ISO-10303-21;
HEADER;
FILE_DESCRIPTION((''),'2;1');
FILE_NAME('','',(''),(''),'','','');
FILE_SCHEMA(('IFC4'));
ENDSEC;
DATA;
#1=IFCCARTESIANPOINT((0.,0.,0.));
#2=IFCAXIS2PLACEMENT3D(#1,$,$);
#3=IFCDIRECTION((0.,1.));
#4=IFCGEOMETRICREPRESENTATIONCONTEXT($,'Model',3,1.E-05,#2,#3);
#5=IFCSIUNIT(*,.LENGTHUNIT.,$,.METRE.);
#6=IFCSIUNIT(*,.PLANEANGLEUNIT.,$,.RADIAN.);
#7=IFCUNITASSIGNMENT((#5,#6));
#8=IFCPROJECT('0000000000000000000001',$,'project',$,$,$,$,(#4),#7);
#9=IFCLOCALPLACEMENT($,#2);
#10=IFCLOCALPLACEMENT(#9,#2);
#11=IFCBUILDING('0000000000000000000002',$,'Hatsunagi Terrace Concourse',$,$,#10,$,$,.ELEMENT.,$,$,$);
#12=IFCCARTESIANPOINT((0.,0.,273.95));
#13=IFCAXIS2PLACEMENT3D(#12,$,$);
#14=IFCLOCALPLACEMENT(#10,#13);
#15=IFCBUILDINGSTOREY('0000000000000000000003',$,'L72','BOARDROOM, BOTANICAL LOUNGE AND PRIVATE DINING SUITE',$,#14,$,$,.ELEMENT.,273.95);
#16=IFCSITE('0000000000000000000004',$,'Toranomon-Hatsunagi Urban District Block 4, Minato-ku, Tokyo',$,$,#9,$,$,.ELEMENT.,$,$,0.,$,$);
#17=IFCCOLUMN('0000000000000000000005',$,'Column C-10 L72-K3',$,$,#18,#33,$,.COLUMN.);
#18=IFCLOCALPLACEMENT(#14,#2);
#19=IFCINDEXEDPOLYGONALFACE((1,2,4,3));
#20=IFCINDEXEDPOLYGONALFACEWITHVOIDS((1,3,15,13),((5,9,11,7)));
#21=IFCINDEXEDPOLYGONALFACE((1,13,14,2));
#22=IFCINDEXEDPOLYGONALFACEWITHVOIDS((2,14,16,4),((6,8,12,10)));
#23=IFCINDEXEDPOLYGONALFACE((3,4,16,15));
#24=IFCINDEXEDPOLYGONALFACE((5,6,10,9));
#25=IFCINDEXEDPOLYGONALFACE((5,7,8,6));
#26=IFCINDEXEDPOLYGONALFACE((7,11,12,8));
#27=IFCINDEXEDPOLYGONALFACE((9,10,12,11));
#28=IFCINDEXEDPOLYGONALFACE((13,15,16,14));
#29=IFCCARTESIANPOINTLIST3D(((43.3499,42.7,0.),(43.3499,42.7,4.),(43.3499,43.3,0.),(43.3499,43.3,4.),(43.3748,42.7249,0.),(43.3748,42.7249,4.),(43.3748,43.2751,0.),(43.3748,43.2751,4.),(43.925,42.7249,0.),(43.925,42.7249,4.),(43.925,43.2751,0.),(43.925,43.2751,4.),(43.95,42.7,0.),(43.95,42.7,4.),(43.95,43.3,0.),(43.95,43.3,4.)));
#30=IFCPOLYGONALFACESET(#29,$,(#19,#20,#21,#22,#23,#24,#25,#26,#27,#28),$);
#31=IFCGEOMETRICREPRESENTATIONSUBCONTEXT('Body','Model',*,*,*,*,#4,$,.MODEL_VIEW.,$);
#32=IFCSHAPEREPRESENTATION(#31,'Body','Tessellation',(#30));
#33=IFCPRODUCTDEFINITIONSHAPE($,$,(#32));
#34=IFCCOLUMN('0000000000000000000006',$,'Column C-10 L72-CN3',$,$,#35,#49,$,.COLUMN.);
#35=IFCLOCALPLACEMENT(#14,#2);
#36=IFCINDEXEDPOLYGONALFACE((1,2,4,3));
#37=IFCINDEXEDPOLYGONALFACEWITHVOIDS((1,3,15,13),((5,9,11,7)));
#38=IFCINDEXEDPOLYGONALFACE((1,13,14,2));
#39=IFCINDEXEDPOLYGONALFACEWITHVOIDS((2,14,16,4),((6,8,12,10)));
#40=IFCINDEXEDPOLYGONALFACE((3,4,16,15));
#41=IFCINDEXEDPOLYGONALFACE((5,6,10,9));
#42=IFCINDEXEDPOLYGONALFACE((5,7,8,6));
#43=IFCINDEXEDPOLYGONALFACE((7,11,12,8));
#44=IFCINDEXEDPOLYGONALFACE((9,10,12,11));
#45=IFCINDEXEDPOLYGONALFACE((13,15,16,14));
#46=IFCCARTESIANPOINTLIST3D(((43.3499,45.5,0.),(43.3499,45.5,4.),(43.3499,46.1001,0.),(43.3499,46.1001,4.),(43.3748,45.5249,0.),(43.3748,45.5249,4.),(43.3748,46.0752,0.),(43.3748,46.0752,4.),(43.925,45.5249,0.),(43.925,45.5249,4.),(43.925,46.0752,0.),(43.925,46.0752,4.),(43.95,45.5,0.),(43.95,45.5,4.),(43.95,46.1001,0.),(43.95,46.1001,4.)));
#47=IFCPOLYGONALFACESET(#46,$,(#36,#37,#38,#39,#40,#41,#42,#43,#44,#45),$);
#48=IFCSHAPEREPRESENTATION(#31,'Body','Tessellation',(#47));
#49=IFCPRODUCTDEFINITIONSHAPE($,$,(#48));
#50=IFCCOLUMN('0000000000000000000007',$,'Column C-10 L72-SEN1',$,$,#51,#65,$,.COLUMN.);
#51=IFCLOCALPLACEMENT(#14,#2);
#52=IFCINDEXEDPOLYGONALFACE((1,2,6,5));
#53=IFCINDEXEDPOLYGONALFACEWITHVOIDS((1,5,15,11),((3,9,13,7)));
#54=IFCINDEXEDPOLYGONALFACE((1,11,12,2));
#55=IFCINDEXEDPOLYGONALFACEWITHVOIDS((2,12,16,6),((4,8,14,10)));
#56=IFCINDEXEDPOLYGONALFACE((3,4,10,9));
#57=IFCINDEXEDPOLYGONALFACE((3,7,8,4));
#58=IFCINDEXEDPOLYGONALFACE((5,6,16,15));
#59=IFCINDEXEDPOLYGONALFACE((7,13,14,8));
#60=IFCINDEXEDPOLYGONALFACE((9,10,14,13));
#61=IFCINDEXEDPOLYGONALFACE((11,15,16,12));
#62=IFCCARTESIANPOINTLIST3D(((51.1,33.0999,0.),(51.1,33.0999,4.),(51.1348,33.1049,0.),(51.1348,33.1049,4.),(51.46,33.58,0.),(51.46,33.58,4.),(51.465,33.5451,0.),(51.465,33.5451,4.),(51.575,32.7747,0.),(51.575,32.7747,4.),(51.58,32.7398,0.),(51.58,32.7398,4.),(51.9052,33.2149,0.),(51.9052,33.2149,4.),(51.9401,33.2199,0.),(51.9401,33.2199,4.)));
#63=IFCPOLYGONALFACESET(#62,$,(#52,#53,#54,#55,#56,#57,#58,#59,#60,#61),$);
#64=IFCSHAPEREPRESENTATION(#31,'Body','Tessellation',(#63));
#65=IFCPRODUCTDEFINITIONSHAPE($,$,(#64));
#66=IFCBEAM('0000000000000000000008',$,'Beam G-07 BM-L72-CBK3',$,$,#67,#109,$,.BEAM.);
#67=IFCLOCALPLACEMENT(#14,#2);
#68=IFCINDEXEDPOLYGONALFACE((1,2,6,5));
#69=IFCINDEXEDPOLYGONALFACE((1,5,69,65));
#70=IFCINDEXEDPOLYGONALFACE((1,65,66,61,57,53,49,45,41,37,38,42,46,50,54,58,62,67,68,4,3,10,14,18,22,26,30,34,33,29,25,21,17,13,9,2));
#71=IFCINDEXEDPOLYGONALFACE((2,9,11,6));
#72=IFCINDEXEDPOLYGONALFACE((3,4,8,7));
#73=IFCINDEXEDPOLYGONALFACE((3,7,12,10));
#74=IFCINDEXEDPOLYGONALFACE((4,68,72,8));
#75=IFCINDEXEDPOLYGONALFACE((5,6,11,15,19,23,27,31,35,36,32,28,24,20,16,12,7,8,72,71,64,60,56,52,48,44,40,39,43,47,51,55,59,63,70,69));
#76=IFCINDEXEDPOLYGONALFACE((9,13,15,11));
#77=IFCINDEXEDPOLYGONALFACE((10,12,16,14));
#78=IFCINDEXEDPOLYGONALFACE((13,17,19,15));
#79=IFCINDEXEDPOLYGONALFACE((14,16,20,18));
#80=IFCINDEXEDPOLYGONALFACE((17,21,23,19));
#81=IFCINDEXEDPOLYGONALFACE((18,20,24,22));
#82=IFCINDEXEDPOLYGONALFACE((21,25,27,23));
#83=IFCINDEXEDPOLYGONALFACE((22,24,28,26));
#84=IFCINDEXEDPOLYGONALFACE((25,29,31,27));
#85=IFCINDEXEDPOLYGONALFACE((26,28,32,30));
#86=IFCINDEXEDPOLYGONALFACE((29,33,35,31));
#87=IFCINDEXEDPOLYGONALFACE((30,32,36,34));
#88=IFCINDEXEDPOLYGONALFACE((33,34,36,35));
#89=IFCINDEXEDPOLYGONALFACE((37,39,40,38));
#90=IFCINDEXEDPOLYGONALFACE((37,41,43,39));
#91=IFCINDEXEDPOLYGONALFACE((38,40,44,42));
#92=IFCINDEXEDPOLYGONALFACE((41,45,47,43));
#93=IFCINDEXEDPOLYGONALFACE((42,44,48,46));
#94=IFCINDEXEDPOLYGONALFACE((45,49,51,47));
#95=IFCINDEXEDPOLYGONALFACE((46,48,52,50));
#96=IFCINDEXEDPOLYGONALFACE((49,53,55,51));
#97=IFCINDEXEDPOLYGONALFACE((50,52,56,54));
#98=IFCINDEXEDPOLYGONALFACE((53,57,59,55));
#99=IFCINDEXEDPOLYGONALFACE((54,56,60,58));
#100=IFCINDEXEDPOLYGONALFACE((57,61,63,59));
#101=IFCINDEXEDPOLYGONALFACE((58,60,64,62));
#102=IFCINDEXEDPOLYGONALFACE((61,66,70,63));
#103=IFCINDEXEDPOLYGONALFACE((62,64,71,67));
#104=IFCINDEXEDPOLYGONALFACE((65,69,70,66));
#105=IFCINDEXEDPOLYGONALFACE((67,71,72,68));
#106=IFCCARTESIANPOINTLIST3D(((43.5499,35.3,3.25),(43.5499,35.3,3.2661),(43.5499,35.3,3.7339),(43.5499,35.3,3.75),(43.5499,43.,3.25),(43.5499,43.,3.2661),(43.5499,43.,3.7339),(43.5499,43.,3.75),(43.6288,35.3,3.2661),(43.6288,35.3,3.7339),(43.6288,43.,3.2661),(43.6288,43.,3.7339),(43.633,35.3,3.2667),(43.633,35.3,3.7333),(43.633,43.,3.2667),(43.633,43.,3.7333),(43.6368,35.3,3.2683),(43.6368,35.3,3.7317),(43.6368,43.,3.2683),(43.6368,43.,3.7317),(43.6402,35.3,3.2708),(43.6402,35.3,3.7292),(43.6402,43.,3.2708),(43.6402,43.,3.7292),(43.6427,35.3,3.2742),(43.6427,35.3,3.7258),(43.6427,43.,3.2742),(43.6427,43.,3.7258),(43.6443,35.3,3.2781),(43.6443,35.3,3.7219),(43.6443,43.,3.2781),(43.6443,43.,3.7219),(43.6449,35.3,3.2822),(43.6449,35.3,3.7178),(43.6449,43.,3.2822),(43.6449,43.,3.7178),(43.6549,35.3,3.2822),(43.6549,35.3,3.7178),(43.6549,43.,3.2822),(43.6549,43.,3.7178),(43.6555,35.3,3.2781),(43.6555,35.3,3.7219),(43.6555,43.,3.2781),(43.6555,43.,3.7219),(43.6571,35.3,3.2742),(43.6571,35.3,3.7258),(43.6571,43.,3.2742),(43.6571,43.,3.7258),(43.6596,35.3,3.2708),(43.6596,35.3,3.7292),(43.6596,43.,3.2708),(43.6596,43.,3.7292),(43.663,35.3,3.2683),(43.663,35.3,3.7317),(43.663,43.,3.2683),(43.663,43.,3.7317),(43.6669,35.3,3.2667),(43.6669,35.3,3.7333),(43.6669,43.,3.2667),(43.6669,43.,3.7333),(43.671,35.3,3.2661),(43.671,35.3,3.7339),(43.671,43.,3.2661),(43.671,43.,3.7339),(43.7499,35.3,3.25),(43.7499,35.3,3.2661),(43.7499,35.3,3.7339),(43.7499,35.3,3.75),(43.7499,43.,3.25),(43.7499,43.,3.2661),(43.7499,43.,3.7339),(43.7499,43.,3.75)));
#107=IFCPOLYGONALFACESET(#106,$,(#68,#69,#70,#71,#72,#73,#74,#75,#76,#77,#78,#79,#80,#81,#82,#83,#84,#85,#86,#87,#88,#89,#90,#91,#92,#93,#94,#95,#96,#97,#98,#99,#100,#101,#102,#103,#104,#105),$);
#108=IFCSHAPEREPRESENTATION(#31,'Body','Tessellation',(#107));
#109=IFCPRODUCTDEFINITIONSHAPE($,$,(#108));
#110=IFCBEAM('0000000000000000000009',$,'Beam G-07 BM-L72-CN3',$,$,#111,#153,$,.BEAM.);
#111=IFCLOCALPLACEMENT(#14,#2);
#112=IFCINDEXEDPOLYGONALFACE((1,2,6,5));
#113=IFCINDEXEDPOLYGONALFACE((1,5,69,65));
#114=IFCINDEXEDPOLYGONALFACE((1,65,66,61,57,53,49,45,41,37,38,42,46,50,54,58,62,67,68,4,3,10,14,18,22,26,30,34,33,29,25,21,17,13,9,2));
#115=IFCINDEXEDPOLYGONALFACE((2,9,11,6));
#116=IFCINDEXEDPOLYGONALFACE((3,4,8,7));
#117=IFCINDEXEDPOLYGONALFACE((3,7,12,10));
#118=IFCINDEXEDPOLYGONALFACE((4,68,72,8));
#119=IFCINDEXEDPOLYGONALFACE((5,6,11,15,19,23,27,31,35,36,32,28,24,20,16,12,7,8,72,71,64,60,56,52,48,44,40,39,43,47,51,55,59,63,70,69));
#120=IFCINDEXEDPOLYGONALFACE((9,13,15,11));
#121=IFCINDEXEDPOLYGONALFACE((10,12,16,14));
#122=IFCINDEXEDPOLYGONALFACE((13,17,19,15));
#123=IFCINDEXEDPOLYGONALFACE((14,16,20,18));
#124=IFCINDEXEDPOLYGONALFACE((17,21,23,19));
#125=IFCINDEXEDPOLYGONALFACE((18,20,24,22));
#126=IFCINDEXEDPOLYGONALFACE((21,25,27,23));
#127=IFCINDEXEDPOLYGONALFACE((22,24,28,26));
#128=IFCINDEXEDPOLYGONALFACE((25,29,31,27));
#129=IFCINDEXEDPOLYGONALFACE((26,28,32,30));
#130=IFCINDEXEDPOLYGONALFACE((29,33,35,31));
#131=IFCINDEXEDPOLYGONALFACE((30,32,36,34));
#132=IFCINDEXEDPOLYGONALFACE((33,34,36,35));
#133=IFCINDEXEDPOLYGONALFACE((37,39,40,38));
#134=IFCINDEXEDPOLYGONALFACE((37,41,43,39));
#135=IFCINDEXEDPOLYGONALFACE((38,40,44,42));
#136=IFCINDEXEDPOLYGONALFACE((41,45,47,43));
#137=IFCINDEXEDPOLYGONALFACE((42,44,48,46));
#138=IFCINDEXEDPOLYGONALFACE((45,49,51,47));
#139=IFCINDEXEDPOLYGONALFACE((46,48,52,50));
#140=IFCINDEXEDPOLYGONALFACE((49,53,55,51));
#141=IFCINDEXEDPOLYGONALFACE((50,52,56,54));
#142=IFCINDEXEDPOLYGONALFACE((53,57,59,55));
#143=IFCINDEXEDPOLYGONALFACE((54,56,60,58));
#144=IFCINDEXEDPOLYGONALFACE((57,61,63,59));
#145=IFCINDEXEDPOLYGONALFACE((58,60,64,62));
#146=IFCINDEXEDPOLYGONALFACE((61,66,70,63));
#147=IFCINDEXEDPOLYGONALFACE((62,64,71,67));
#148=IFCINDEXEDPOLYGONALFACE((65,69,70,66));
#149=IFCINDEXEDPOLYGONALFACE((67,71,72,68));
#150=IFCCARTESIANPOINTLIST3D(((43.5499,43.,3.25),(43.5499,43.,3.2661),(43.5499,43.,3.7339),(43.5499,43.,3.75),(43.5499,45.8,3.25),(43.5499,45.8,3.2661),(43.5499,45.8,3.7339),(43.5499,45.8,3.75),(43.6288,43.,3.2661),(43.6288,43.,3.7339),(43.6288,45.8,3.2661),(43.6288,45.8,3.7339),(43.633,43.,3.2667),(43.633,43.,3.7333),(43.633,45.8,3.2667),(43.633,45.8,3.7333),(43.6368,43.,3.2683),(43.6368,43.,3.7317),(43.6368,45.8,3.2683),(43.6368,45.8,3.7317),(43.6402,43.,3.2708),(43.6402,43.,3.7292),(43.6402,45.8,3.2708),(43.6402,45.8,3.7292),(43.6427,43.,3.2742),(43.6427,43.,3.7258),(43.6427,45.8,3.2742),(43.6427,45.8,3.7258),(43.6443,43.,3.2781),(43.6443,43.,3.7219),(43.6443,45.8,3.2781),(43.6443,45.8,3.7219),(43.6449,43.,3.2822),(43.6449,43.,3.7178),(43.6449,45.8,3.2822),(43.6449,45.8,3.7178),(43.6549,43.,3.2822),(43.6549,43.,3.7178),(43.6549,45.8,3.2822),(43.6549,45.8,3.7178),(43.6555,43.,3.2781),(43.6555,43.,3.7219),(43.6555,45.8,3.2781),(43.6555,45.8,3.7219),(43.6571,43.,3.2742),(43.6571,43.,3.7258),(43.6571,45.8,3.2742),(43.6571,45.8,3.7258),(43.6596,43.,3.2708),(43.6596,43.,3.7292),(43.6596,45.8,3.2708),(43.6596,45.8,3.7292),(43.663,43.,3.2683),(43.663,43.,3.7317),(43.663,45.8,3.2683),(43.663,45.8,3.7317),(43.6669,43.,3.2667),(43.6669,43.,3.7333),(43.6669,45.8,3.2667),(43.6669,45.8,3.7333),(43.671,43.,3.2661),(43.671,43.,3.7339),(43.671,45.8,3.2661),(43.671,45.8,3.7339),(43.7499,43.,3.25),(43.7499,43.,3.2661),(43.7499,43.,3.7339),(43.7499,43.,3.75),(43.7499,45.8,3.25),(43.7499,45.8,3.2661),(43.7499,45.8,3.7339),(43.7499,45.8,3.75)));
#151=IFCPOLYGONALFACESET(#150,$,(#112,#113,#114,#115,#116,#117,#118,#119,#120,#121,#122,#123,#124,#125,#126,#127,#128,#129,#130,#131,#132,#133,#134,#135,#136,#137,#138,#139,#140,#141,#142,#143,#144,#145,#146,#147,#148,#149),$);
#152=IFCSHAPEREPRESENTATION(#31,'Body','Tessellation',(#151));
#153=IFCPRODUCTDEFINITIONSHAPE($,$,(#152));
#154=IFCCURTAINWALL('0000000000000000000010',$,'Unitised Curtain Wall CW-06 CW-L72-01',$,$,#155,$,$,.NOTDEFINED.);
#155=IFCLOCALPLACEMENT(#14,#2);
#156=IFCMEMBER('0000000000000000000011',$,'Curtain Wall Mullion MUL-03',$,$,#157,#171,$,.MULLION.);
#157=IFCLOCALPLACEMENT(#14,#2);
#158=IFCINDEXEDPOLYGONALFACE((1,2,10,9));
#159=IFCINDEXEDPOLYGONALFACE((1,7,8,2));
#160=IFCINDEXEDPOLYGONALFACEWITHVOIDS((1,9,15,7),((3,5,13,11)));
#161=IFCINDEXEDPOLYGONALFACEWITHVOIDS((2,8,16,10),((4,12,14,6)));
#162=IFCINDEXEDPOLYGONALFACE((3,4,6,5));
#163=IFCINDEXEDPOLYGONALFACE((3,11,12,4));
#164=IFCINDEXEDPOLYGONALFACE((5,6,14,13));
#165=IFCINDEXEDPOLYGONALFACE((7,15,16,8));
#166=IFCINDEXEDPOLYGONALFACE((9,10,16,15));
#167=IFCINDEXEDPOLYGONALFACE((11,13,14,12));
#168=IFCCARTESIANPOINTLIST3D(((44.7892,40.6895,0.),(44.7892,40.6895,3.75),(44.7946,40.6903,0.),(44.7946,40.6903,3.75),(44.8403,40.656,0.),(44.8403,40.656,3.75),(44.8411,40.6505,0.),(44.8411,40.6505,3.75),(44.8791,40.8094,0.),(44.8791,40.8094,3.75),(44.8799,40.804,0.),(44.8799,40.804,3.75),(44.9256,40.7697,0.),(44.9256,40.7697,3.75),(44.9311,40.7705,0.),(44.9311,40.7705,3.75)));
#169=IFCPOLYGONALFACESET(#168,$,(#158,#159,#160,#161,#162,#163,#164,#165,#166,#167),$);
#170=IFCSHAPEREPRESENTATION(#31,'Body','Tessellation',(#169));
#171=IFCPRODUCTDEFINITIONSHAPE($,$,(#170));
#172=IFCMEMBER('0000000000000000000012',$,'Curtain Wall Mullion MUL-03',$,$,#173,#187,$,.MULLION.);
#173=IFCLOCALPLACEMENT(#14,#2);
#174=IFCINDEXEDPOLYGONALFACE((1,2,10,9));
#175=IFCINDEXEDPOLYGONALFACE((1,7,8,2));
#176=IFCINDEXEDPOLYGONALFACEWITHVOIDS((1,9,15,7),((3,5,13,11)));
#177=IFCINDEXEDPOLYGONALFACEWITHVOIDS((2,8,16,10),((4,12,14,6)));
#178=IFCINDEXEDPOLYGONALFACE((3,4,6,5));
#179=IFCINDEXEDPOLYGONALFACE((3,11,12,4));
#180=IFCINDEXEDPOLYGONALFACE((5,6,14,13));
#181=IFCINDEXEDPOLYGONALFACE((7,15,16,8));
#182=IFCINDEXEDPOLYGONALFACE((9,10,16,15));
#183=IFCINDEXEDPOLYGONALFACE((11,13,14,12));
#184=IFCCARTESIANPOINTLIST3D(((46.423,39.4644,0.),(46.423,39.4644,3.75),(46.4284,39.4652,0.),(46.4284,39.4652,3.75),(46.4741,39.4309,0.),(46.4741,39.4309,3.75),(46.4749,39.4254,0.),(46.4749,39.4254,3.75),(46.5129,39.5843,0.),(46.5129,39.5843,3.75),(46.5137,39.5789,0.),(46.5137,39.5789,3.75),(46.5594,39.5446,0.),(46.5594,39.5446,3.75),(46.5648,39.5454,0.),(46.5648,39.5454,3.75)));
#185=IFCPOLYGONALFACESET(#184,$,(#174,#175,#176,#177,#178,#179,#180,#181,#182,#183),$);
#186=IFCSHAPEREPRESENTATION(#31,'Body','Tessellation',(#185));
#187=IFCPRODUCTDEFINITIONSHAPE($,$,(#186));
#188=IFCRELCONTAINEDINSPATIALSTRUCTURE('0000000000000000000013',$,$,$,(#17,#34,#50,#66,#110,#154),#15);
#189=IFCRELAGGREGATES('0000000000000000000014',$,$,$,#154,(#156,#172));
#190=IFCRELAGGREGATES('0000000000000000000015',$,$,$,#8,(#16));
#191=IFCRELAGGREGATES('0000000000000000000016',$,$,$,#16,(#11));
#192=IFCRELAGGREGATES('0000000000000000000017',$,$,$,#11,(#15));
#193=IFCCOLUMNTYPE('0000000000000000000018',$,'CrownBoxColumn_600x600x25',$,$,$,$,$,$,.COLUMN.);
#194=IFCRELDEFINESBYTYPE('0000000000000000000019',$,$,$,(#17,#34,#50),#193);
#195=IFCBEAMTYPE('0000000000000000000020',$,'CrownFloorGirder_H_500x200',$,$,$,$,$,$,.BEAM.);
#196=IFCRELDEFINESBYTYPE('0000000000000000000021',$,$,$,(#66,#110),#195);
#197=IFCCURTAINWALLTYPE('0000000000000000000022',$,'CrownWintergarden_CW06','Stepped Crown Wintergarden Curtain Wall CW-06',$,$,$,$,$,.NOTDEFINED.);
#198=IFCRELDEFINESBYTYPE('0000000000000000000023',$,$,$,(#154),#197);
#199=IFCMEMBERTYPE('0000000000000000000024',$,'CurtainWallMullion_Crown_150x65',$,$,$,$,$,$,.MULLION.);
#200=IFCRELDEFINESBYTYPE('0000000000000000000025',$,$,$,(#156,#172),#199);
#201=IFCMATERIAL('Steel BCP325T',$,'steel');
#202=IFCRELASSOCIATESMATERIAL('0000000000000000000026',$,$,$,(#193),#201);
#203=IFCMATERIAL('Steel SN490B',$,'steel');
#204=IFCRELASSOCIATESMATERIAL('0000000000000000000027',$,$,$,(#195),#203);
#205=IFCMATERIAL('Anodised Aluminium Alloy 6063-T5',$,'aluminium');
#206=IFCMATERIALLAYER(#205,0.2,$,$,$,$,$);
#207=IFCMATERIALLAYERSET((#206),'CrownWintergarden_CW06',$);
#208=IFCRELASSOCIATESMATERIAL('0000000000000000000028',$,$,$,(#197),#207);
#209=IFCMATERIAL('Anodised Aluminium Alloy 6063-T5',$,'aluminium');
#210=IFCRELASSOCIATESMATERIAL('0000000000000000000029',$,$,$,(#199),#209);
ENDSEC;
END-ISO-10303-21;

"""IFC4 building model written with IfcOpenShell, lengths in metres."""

from ifc_helpers import new_model, si_unit, direction, frame, origin, origin_2d, place, context, subcontext, project, spatial, hollow_rectangle, i_section, extrude, material, layer, layer_set, material_profile, profile_set, type_object, element, aggregate, save


model = new_model("IFC4")

# Units and contexts
model_context = context("Model", 3, precision=1e-05, world=origin(), true_north=direction((0.0, 1.0)))
body_context = subcontext(model_context, "Body", "Model", "MODEL_VIEW")
ifc_project = project(units=[si_unit("LENGTHUNIT", "METRE"), si_unit("PLANEANGLEUNIT", "RADIAN")], contexts=[model_context])

# Site, building, storey
site_placement = place(None, origin())
site = spatial("IfcSite", under=ifc_project, at=site_placement, Name="Toranomon-Hatsunagi Urban District Block 4, Minato-ku, Tokyo", CompositionType="ELEMENT", RefElevation=0.0)
building_placement = place(site_placement, origin())
building = spatial("IfcBuilding", under=site, at=building_placement, Name="Hatsunagi Terrace Concourse", CompositionType="ELEMENT")
storey_placement = place(building_placement, frame((0.0, 0.0, 273.95)))
storey = spatial("IfcBuildingStorey", under=building, at=storey_placement, Name="L72", Description="BOARDROOM, BOTANICAL LOUNGE AND PRIVATE DINING SUITE", CompositionType="ELEMENT", Elevation=273.95)

# Columns
ifc_material_1 = material(Name="Steel BCP325T", Category="steel")
ifc_material_profile_1 = material_profile(ifc_material_1, hollow_rectangle(XDim=0.6001, YDim=0.6001, WallThickness=0.0249, at=origin_2d()), Name="BCP-600x600x25")
ifc_profile_set_1 = profile_set([ifc_material_profile_1], Name="Steel BCP325T")
column_type = type_object("IfcColumnType", Name="CrownBoxColumn_600x600x25", PredefinedType="COLUMN", material=ifc_profile_set_1)
for number, where, z_axis, x_axis, name in (
    (1, (43.6499, 43.0, 0.0), (0.0, 0.0, 1.0), (1.0, 0.0, 0.0), "Column C-10 L72-K3"),
    (2, (43.6499, 45.8, 0.0), (0.0, 0.0, 1.0), (1.0, 0.0, 0.0), "Column C-10 L72-CN3"),
    (3, (51.52, 33.1599, 0.0), (0.0, 0.0, 1.0), (0.8, -0.6, 0.0), "Column C-10 L72-SEN1"),
):
    element("IfcColumn", number, at=place(storey_placement, frame(where, z_axis=z_axis, x_axis=x_axis)), inside=storey, type_object=column_type, Name=name, PredefinedType="COLUMN", context=body_context, shape_type="SweptSolid", body=[
        extrude(hollow_rectangle(XDim=0.6001, YDim=0.6001, WallThickness=0.0249, at=origin_2d()), origin(), (0.0, 0.0, 1.0), 4.0),
    ])

# Beams
ifc_material_2 = material(Name="Steel SN490B", Category="steel")
ifc_material_profile_2 = material_profile(ifc_material_2, i_section(OverallWidth=0.2, OverallDepth=0.5, WebThickness=0.01, FlangeThickness=0.0161, FilletRadius=0.0161, at=origin_2d()), Name="H-500x200x10x16")
ifc_profile_set_2 = profile_set([ifc_material_profile_2], Name="Steel SN490B")
beam_type_1 = type_object("IfcBeamType", Name="CrownFloorGirder_H_500x200", PredefinedType="BEAM", material=ifc_profile_set_2)
beam_1_placement = place(storey_placement, frame((43.6499, 35.3, 3.5), z_axis=(0.0, 1.0, 0.0), x_axis=(-1.0, 0.0, 0.0)))
element("IfcBeam", 4, at=beam_1_placement, inside=storey, type_object=beam_type_1, Name="Beam G-07 BM-L72-CBK3", PredefinedType="BEAM", context=body_context, shape_type="SweptSolid", body=[
    extrude(i_section(OverallWidth=0.2, OverallDepth=0.5, WebThickness=0.01, FlangeThickness=0.0161, FilletRadius=0.0161, at=origin_2d()), origin(), (0.0, 0.0, 1.0), 7.7),
])
beam_2_placement = place(storey_placement, frame((43.6499, 43.0, 3.5), z_axis=(0.0, 1.0, 0.0), x_axis=(-1.0, 0.0, 0.0)))
element("IfcBeam", 5, at=beam_2_placement, inside=storey, type_object=beam_type_1, Name="Beam G-07 BM-L72-CN3", PredefinedType="BEAM", context=body_context, shape_type="SweptSolid", body=[
    extrude(i_section(OverallWidth=0.2, OverallDepth=0.5, WebThickness=0.01, FlangeThickness=0.0161, FilletRadius=0.0161, at=origin_2d()), origin(), (0.0, 0.0, 1.0), 2.8),
])

# Curtain wall, members
ifc_material_3 = material(Name="Anodised Aluminium Alloy 6063-T5", Category="aluminium")
ifc_layer_1 = layer(ifc_material_3, 0.2)
ifc_layer_set_1 = layer_set([ifc_layer_1], Name="CrownWintergarden_CW06")
curtain_wall_type = type_object("IfcCurtainWallType", Name="CrownWintergarden_CW06", Description="Stepped Crown Wintergarden Curtain Wall CW-06", PredefinedType="NOTDEFINED", material=ifc_layer_set_1)
curtain_wall_1_placement = place(storey_placement, origin())
curtain_wall_1 = element("IfcCurtainWall", 6, at=curtain_wall_1_placement, inside=storey, type_object=curtain_wall_type, Name="Unitised Curtain Wall CW-06 CW-L72-01", PredefinedType="NOTDEFINED")
ifc_material_4 = material(Name="Anodised Aluminium Alloy 6063-T5", Category="aluminium")
ifc_material_profile_3 = material_profile(ifc_material_4, hollow_rectangle(XDim=0.0649, YDim=0.1499, WallThickness=0.0039, at=origin_2d()), Name="ALU-MUL-150x65x4")
ifc_profile_set_3 = profile_set([ifc_material_profile_3], Name="Anodised Aluminium Alloy 6063-T5")
member_type_1 = type_object("IfcMemberType", Name="CurtainWallMullion_Crown_150x65", PredefinedType="MULLION", material=ifc_profile_set_3)
member_1_placement = place(storey_placement, frame((44.8601, 40.73, 0.0), z_axis=(0.0, 0.0, 1.0), x_axis=(0.800023, -0.599969, 0.0)))
member_1 = element("IfcMember", 7, at=member_1_placement, type_object=member_type_1, Name="Curtain Wall Mullion MUL-03", PredefinedType="MULLION", context=body_context, shape_type="SweptSolid", body=[
    extrude(hollow_rectangle(XDim=0.0649, YDim=0.1499, WallThickness=0.0039, at=origin_2d()), origin(), (0.0, 0.0, 1.0), 3.75),
])
member_2_placement = place(storey_placement, frame((46.4939, 39.5049, 0.0), z_axis=(0.0, 0.0, 1.0), x_axis=(0.800023, -0.599969, 0.0)))
member_2 = element("IfcMember", 8, at=member_2_placement, type_object=member_type_1, Name="Curtain Wall Mullion MUL-03", PredefinedType="MULLION", context=body_context, shape_type="SweptSolid", body=[
    extrude(hollow_rectangle(XDim=0.0649, YDim=0.1499, WallThickness=0.0039, at=origin_2d()), origin(), (0.0, 0.0, 1.0), 3.75),
])

aggregate(curtain_wall_1, [member_1, member_2])

save(model, "model.ifc")
